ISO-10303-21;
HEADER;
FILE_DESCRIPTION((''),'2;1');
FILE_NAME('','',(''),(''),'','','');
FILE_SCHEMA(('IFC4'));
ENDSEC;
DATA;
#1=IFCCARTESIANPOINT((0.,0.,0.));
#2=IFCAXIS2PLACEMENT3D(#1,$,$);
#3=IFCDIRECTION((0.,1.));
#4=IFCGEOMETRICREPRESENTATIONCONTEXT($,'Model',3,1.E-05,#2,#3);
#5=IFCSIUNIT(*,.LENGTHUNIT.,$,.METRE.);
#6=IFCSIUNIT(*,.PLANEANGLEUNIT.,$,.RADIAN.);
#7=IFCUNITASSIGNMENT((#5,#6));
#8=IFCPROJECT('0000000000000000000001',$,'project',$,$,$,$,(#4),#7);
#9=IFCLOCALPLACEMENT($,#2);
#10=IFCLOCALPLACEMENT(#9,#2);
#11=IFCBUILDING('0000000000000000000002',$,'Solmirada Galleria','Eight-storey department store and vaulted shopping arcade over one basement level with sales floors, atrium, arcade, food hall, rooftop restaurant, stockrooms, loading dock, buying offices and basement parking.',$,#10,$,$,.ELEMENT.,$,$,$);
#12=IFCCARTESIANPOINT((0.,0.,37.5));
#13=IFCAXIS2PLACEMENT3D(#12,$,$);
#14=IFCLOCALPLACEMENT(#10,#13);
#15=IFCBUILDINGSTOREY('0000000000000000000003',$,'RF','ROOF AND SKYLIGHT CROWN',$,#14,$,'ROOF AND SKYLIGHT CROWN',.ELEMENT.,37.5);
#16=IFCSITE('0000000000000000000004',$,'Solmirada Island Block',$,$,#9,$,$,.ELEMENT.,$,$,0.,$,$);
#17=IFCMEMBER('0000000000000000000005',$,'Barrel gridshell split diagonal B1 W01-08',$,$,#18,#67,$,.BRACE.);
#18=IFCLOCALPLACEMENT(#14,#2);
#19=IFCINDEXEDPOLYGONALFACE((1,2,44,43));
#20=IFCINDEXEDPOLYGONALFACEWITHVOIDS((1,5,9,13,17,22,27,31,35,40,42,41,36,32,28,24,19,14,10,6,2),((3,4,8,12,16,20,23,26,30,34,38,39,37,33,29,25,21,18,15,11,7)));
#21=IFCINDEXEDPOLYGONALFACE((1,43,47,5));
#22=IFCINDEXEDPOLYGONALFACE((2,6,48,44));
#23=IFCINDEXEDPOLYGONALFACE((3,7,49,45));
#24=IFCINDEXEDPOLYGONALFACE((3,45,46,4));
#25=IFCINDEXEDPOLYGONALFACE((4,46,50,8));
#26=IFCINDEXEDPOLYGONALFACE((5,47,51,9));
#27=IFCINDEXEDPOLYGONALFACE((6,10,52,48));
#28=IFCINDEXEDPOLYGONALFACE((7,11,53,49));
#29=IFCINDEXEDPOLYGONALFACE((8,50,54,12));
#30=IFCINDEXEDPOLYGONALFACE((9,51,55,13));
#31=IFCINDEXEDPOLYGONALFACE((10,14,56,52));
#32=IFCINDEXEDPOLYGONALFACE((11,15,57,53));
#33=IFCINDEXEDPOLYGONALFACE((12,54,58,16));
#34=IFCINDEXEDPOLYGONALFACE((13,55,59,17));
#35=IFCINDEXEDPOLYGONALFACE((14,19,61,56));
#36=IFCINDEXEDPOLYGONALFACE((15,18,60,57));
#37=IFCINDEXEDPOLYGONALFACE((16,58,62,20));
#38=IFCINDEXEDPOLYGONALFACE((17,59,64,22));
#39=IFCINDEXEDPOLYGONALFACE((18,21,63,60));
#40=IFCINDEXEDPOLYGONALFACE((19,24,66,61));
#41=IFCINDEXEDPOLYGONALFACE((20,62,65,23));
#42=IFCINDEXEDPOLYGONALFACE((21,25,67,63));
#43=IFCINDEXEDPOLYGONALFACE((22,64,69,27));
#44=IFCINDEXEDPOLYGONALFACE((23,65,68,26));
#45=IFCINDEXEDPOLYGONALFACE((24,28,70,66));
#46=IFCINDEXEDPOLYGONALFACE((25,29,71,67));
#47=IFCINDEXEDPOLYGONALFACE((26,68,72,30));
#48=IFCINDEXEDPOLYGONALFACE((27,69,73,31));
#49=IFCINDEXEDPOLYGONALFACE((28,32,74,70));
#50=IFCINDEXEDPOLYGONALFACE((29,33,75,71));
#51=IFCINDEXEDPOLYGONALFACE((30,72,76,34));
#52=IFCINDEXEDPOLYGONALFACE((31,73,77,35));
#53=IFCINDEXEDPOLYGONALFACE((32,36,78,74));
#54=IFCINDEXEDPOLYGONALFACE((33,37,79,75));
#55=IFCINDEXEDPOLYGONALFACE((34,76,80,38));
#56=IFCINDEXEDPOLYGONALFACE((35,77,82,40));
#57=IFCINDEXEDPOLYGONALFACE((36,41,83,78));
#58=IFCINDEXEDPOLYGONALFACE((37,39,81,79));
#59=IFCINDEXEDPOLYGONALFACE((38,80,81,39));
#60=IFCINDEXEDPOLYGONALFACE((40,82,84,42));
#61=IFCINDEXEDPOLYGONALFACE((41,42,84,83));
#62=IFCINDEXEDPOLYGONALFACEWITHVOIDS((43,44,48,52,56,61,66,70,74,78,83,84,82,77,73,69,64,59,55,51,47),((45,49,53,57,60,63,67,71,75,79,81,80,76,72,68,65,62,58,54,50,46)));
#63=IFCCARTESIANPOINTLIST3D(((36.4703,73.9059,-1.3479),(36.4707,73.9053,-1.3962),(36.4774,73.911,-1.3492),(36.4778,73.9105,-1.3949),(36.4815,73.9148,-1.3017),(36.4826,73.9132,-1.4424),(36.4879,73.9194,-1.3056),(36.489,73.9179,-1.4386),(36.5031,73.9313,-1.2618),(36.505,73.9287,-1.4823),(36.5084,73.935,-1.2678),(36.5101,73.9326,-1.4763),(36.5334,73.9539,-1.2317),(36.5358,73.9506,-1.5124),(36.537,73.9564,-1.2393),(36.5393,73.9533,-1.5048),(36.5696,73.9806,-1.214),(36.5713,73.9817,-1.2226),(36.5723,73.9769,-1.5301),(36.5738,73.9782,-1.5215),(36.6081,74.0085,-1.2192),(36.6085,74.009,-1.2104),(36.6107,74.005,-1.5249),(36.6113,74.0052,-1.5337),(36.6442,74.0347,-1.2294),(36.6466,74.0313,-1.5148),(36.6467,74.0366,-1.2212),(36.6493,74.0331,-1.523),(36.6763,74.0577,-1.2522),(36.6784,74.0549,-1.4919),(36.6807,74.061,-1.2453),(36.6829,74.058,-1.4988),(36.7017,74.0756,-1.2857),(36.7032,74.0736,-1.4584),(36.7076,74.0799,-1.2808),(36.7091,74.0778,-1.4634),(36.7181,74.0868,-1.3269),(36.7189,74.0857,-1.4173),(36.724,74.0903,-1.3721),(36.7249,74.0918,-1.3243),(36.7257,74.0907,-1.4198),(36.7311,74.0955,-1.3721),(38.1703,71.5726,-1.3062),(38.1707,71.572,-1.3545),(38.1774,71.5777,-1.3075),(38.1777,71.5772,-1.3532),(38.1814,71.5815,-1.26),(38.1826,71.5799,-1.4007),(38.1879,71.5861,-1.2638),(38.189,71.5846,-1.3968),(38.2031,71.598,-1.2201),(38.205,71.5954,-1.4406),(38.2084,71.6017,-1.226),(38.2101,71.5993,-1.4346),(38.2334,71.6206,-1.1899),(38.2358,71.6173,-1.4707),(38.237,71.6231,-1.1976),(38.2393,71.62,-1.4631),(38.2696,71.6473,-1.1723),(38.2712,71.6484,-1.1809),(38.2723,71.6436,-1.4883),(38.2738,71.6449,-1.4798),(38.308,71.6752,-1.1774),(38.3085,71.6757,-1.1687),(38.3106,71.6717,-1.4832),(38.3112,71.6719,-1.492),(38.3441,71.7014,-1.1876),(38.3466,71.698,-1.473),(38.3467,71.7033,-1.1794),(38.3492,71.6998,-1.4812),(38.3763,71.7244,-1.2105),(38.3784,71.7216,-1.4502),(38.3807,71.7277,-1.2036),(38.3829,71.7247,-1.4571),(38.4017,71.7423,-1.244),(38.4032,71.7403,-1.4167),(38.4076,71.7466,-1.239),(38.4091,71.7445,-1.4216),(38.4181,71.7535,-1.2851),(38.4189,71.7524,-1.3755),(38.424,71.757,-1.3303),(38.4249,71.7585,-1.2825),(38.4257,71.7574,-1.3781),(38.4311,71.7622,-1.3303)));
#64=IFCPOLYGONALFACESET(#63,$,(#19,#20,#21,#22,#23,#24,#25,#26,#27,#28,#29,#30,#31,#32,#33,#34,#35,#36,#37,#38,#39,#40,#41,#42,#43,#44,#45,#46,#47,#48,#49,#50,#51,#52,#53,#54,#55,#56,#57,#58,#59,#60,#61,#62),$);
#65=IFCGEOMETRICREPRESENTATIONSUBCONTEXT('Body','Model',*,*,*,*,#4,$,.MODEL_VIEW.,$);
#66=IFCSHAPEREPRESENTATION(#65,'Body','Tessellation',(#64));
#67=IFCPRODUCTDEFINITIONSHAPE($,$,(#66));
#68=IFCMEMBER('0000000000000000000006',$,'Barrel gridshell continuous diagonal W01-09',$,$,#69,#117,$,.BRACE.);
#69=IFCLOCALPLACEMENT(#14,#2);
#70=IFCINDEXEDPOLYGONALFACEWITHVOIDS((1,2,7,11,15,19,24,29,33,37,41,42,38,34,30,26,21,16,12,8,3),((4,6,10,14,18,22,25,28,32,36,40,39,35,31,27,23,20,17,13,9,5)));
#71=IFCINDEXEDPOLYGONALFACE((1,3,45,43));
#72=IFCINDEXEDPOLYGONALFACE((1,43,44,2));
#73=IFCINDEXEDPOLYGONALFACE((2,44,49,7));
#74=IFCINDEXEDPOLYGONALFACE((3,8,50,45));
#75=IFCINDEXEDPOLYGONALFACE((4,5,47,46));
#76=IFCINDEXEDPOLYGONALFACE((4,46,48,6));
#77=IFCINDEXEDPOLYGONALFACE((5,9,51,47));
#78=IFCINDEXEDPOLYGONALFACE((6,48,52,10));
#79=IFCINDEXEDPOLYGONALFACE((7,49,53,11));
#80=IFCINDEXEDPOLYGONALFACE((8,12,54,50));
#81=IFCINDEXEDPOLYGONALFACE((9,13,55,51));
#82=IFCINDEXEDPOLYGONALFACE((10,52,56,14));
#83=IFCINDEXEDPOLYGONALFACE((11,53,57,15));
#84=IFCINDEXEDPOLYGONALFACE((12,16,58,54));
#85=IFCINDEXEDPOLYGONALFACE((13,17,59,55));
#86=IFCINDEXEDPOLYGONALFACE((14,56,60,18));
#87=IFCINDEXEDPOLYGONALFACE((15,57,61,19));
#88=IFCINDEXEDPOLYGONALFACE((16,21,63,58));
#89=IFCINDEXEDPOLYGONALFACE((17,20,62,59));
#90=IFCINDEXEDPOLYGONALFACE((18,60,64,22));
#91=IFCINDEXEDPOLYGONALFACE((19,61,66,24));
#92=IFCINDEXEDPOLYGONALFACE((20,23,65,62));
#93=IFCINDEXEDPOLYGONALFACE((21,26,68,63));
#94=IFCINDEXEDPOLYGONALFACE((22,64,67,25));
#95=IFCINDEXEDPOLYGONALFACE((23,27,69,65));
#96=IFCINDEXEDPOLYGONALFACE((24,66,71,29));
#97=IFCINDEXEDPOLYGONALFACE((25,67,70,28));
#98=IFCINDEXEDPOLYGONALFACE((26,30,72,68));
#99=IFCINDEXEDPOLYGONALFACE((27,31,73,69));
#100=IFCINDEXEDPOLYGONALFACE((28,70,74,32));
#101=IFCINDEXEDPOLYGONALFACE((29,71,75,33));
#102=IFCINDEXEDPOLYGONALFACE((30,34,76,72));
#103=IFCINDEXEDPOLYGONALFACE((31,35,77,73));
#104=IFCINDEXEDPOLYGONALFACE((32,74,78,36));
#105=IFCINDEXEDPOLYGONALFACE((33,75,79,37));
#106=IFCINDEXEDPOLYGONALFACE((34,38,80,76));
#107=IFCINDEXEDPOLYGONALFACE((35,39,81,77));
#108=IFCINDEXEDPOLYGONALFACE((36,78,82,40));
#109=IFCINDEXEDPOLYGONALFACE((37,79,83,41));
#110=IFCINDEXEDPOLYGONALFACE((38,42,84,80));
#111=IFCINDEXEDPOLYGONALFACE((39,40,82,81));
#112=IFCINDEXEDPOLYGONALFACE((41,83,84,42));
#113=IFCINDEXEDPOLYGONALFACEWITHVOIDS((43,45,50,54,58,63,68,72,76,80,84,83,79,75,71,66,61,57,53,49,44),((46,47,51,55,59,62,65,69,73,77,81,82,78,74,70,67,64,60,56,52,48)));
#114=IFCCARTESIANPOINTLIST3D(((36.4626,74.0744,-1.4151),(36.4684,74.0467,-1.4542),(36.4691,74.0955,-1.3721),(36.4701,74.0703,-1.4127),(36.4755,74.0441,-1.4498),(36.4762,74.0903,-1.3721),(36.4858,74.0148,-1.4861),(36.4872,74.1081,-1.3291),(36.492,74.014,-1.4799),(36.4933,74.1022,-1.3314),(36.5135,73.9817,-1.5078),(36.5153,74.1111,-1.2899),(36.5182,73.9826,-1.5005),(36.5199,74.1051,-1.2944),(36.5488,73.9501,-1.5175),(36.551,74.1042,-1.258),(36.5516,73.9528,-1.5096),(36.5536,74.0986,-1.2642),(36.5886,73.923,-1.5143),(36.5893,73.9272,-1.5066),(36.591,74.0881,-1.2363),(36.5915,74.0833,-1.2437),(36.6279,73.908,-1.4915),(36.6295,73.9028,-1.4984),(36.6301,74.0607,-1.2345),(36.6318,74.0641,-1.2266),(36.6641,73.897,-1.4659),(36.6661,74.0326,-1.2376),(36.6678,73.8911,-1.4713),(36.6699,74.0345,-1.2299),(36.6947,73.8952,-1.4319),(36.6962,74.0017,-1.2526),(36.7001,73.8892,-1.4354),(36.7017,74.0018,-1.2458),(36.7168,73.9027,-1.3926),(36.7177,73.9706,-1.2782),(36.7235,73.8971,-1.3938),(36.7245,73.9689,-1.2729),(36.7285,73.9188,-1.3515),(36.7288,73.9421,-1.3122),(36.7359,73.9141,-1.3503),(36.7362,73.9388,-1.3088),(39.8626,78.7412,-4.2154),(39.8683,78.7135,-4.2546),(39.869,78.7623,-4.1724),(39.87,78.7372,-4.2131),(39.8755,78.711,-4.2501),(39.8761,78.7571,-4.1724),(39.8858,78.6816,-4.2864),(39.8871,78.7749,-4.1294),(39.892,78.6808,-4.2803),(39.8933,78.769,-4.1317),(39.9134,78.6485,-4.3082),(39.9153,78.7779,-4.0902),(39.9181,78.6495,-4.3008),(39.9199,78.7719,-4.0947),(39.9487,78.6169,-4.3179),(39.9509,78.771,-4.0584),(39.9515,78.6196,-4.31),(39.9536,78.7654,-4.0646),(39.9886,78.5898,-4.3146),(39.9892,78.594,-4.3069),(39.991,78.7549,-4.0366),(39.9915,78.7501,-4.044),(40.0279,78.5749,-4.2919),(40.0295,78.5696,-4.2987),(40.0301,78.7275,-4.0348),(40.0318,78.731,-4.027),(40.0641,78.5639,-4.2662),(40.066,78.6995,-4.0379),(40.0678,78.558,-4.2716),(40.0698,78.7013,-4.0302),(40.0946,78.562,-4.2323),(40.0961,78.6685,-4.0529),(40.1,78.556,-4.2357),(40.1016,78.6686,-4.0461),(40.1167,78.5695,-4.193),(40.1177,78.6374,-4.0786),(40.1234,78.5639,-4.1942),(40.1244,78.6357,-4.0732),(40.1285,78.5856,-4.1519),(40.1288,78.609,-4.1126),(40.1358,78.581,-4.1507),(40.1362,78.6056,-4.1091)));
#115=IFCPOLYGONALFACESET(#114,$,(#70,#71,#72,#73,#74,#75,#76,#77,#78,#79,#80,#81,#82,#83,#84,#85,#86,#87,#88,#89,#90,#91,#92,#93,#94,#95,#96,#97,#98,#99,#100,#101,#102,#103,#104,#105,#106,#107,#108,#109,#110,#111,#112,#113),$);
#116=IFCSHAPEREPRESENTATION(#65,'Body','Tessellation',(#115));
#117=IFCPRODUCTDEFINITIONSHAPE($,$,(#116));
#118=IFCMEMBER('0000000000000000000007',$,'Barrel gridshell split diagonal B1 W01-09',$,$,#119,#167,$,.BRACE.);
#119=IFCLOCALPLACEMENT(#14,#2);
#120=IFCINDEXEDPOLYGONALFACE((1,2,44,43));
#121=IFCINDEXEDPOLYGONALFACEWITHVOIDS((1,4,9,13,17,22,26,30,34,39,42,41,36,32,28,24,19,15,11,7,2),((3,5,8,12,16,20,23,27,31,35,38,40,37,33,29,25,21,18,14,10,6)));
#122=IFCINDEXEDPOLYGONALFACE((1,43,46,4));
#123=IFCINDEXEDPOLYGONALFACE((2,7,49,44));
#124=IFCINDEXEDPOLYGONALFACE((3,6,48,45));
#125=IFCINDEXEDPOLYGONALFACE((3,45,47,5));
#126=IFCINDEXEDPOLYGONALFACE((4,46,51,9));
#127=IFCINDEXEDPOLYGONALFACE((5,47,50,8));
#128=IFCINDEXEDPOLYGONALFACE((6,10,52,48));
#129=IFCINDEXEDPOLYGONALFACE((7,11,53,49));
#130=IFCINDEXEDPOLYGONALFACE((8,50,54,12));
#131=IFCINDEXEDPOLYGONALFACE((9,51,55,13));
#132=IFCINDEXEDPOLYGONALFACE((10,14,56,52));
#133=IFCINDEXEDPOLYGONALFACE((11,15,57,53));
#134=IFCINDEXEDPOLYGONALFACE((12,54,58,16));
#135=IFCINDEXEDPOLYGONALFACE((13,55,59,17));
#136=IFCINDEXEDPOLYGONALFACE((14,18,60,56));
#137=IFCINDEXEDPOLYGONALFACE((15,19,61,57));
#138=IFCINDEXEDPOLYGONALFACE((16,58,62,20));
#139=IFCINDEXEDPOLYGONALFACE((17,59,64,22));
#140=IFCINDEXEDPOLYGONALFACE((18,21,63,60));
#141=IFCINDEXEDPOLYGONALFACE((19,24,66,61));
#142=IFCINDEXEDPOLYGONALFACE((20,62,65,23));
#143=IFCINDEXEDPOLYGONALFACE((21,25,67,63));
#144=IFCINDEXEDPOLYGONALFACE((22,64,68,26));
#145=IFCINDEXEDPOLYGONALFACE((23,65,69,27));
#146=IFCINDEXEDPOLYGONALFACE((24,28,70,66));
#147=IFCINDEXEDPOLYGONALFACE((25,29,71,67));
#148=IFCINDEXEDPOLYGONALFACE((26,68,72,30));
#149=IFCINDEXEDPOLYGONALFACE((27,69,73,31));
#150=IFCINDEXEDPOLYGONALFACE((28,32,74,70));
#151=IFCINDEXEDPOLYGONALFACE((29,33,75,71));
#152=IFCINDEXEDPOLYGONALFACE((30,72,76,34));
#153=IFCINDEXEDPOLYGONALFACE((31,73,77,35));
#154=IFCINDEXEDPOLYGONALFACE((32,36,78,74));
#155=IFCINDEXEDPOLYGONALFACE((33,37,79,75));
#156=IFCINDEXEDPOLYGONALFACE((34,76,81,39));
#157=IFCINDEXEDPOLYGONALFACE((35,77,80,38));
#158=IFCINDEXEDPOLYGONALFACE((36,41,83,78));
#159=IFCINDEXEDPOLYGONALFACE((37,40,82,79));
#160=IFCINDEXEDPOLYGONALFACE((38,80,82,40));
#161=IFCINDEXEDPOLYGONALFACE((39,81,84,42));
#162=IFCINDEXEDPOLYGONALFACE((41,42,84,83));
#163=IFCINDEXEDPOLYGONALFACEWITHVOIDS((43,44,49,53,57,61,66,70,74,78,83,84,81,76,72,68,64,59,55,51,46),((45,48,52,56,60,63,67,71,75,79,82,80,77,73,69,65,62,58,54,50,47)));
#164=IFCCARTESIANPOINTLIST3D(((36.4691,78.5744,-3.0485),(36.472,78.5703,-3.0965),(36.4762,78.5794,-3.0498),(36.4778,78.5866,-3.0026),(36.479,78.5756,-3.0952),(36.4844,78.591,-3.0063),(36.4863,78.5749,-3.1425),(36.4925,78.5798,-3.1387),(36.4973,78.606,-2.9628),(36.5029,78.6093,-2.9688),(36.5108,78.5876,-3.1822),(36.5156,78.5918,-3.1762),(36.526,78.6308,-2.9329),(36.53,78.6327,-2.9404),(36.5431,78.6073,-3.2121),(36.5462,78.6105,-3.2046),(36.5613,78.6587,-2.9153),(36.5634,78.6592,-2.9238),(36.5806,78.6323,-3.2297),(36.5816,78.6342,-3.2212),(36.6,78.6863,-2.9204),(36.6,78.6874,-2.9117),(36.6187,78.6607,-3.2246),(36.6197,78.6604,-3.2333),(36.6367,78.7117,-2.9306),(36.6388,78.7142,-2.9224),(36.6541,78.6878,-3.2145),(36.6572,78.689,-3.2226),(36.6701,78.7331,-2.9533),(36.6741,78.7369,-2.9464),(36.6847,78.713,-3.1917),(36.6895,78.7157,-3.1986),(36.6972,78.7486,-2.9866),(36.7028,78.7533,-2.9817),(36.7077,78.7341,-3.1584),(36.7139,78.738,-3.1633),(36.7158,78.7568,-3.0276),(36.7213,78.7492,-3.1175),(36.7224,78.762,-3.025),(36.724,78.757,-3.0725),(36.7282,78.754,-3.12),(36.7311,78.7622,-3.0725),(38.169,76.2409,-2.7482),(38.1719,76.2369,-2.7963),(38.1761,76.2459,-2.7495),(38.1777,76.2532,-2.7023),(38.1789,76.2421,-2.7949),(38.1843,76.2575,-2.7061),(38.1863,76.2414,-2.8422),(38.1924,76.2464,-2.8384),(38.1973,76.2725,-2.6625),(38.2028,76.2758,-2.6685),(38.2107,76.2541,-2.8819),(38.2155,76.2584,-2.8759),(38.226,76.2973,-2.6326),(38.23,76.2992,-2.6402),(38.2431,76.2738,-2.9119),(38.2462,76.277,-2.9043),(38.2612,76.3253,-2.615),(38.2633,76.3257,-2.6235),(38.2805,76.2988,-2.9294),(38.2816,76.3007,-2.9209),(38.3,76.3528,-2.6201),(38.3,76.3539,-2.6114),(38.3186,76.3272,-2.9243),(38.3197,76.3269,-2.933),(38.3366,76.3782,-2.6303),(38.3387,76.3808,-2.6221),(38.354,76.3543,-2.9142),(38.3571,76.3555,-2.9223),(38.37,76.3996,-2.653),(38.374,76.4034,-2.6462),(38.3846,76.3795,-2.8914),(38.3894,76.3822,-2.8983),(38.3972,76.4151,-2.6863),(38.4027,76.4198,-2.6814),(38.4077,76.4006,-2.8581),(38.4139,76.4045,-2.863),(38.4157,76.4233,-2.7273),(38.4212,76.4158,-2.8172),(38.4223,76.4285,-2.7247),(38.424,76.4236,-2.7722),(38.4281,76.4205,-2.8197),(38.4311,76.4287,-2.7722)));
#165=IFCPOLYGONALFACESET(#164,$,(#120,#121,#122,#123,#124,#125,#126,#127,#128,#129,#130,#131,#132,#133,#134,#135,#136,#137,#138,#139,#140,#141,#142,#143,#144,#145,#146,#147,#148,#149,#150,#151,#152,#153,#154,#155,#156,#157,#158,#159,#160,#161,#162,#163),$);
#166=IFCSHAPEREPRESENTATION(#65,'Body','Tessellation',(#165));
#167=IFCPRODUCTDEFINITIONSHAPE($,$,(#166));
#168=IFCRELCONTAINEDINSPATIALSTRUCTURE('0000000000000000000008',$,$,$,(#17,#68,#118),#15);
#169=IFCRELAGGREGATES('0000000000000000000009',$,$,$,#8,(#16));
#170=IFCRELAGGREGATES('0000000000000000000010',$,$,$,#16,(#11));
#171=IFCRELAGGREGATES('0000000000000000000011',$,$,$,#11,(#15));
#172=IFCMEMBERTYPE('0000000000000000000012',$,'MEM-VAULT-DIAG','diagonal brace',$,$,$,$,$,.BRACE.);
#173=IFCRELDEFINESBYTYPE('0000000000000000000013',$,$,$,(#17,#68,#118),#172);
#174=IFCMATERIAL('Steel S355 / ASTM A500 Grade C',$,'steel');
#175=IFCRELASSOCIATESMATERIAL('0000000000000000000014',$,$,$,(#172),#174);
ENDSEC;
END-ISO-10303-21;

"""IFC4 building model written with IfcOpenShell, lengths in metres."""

from ifc_helpers import new_model, si_unit, direction, frame, origin, origin_2d, place, context, subcontext, project, spatial, hollow_circle, extrude, material, material_profile, profile_set, type_object, element, save


model = new_model("IFC4")

# Units and contexts
model_context = context("Model", 3, precision=1e-05, world=origin(), true_north=direction((0.0, 1.0)))
body_context = subcontext(model_context, "Body", "Model", "MODEL_VIEW")
ifc_project = project(units=[si_unit("LENGTHUNIT", "METRE"), si_unit("PLANEANGLEUNIT", "RADIAN")], contexts=[model_context])

# Site, building, storey
site_placement = place(None, origin())
site = spatial("IfcSite", under=ifc_project, at=site_placement, Name="Solmirada Island Block", CompositionType="ELEMENT", RefElevation=0.0)
building_placement = place(site_placement, origin())
building = spatial("IfcBuilding", under=site, at=building_placement, Name="Solmirada Galleria", Description="Eight-storey department store and vaulted shopping arcade over one basement level with sales floors, atrium, arcade, food hall, rooftop restaurant, stockrooms, loading dock, buying offices and basement parking.", CompositionType="ELEMENT")
storey_placement = place(building_placement, frame((0.0, 0.0, 37.5)))
storey = spatial("IfcBuildingStorey", under=building, at=storey_placement, Name="RF", Description="ROOF AND SKYLIGHT CROWN", LongName="ROOF AND SKYLIGHT CROWN", CompositionType="ELEMENT", Elevation=37.5)

# Members
ifc_material_1 = material(Name="Steel S355 / ASTM A500 Grade C", Category="steel")
ifc_material_profile_1 = material_profile(ifc_material_1, hollow_circle(Radius=0.1621, WallThickness=0.0088, at=origin_2d()), Name="HSS12.750X0.375")
ifc_profile_set_1 = profile_set([ifc_material_profile_1], Name="Steel S355 / ASTM A500 Grade C")
member_type_1 = type_object("IfcMemberType", Name="MEM-VAULT-DIAG", Description="diagonal brace", PredefinedType="BRACE", material=ifc_profile_set_1)
member_1_placement = place(storey_placement, frame((36.6001, 74.0, -1.3721), z_axis=(0.588799, -0.80815, 0.01446), x_axis=(0.808235, 0.58886, 0.0)))
element("IfcMember", 1, at=member_1_placement, inside=storey, type_object=member_type_1, Name="Barrel gridshell split diagonal B1 W01-08", PredefinedType="BRACE", context=body_context, shape_type="SweptSolid", body=[
    extrude(hollow_circle(Radius=0.1621, WallThickness=0.0088, at=origin_2d()), origin(), (0.0, 0.0, 1.0), 2.8872),
])
member_2_placement = place(storey_placement, frame((36.6001, 74.0, -1.3721), z_axis=(0.529817, 0.727233, -0.436378), x_axis=(-0.808249, 0.58884, 0.0)))
element("IfcMember", 2, at=member_2_placement, inside=storey, type_object=member_type_1, Name="Barrel gridshell continuous diagonal W01-09", PredefinedType="BRACE", context=body_context, shape_type="SweptSolid", body=[
    extrude(hollow_circle(Radius=0.1621, WallThickness=0.0088, at=origin_2d()), origin(), (0.0, 0.0, 1.0), 6.4172),
])
member_3_placement = place(storey_placement, frame((36.6001, 78.6667, -3.0725), z_axis=(0.585661, -0.803927, 0.103456), x_axis=(0.808264, 0.58882, 0.0)))
element("IfcMember", 3, at=member_3_placement, inside=storey, type_object=member_type_1, Name="Barrel gridshell split diagonal B1 W01-09", PredefinedType="BRACE", context=body_context, shape_type="SweptSolid", body=[
    extrude(hollow_circle(Radius=0.1621, WallThickness=0.0088, at=origin_2d()), origin(), (0.0, 0.0, 1.0), 2.9026),
])

save(model, "model.ifc")
